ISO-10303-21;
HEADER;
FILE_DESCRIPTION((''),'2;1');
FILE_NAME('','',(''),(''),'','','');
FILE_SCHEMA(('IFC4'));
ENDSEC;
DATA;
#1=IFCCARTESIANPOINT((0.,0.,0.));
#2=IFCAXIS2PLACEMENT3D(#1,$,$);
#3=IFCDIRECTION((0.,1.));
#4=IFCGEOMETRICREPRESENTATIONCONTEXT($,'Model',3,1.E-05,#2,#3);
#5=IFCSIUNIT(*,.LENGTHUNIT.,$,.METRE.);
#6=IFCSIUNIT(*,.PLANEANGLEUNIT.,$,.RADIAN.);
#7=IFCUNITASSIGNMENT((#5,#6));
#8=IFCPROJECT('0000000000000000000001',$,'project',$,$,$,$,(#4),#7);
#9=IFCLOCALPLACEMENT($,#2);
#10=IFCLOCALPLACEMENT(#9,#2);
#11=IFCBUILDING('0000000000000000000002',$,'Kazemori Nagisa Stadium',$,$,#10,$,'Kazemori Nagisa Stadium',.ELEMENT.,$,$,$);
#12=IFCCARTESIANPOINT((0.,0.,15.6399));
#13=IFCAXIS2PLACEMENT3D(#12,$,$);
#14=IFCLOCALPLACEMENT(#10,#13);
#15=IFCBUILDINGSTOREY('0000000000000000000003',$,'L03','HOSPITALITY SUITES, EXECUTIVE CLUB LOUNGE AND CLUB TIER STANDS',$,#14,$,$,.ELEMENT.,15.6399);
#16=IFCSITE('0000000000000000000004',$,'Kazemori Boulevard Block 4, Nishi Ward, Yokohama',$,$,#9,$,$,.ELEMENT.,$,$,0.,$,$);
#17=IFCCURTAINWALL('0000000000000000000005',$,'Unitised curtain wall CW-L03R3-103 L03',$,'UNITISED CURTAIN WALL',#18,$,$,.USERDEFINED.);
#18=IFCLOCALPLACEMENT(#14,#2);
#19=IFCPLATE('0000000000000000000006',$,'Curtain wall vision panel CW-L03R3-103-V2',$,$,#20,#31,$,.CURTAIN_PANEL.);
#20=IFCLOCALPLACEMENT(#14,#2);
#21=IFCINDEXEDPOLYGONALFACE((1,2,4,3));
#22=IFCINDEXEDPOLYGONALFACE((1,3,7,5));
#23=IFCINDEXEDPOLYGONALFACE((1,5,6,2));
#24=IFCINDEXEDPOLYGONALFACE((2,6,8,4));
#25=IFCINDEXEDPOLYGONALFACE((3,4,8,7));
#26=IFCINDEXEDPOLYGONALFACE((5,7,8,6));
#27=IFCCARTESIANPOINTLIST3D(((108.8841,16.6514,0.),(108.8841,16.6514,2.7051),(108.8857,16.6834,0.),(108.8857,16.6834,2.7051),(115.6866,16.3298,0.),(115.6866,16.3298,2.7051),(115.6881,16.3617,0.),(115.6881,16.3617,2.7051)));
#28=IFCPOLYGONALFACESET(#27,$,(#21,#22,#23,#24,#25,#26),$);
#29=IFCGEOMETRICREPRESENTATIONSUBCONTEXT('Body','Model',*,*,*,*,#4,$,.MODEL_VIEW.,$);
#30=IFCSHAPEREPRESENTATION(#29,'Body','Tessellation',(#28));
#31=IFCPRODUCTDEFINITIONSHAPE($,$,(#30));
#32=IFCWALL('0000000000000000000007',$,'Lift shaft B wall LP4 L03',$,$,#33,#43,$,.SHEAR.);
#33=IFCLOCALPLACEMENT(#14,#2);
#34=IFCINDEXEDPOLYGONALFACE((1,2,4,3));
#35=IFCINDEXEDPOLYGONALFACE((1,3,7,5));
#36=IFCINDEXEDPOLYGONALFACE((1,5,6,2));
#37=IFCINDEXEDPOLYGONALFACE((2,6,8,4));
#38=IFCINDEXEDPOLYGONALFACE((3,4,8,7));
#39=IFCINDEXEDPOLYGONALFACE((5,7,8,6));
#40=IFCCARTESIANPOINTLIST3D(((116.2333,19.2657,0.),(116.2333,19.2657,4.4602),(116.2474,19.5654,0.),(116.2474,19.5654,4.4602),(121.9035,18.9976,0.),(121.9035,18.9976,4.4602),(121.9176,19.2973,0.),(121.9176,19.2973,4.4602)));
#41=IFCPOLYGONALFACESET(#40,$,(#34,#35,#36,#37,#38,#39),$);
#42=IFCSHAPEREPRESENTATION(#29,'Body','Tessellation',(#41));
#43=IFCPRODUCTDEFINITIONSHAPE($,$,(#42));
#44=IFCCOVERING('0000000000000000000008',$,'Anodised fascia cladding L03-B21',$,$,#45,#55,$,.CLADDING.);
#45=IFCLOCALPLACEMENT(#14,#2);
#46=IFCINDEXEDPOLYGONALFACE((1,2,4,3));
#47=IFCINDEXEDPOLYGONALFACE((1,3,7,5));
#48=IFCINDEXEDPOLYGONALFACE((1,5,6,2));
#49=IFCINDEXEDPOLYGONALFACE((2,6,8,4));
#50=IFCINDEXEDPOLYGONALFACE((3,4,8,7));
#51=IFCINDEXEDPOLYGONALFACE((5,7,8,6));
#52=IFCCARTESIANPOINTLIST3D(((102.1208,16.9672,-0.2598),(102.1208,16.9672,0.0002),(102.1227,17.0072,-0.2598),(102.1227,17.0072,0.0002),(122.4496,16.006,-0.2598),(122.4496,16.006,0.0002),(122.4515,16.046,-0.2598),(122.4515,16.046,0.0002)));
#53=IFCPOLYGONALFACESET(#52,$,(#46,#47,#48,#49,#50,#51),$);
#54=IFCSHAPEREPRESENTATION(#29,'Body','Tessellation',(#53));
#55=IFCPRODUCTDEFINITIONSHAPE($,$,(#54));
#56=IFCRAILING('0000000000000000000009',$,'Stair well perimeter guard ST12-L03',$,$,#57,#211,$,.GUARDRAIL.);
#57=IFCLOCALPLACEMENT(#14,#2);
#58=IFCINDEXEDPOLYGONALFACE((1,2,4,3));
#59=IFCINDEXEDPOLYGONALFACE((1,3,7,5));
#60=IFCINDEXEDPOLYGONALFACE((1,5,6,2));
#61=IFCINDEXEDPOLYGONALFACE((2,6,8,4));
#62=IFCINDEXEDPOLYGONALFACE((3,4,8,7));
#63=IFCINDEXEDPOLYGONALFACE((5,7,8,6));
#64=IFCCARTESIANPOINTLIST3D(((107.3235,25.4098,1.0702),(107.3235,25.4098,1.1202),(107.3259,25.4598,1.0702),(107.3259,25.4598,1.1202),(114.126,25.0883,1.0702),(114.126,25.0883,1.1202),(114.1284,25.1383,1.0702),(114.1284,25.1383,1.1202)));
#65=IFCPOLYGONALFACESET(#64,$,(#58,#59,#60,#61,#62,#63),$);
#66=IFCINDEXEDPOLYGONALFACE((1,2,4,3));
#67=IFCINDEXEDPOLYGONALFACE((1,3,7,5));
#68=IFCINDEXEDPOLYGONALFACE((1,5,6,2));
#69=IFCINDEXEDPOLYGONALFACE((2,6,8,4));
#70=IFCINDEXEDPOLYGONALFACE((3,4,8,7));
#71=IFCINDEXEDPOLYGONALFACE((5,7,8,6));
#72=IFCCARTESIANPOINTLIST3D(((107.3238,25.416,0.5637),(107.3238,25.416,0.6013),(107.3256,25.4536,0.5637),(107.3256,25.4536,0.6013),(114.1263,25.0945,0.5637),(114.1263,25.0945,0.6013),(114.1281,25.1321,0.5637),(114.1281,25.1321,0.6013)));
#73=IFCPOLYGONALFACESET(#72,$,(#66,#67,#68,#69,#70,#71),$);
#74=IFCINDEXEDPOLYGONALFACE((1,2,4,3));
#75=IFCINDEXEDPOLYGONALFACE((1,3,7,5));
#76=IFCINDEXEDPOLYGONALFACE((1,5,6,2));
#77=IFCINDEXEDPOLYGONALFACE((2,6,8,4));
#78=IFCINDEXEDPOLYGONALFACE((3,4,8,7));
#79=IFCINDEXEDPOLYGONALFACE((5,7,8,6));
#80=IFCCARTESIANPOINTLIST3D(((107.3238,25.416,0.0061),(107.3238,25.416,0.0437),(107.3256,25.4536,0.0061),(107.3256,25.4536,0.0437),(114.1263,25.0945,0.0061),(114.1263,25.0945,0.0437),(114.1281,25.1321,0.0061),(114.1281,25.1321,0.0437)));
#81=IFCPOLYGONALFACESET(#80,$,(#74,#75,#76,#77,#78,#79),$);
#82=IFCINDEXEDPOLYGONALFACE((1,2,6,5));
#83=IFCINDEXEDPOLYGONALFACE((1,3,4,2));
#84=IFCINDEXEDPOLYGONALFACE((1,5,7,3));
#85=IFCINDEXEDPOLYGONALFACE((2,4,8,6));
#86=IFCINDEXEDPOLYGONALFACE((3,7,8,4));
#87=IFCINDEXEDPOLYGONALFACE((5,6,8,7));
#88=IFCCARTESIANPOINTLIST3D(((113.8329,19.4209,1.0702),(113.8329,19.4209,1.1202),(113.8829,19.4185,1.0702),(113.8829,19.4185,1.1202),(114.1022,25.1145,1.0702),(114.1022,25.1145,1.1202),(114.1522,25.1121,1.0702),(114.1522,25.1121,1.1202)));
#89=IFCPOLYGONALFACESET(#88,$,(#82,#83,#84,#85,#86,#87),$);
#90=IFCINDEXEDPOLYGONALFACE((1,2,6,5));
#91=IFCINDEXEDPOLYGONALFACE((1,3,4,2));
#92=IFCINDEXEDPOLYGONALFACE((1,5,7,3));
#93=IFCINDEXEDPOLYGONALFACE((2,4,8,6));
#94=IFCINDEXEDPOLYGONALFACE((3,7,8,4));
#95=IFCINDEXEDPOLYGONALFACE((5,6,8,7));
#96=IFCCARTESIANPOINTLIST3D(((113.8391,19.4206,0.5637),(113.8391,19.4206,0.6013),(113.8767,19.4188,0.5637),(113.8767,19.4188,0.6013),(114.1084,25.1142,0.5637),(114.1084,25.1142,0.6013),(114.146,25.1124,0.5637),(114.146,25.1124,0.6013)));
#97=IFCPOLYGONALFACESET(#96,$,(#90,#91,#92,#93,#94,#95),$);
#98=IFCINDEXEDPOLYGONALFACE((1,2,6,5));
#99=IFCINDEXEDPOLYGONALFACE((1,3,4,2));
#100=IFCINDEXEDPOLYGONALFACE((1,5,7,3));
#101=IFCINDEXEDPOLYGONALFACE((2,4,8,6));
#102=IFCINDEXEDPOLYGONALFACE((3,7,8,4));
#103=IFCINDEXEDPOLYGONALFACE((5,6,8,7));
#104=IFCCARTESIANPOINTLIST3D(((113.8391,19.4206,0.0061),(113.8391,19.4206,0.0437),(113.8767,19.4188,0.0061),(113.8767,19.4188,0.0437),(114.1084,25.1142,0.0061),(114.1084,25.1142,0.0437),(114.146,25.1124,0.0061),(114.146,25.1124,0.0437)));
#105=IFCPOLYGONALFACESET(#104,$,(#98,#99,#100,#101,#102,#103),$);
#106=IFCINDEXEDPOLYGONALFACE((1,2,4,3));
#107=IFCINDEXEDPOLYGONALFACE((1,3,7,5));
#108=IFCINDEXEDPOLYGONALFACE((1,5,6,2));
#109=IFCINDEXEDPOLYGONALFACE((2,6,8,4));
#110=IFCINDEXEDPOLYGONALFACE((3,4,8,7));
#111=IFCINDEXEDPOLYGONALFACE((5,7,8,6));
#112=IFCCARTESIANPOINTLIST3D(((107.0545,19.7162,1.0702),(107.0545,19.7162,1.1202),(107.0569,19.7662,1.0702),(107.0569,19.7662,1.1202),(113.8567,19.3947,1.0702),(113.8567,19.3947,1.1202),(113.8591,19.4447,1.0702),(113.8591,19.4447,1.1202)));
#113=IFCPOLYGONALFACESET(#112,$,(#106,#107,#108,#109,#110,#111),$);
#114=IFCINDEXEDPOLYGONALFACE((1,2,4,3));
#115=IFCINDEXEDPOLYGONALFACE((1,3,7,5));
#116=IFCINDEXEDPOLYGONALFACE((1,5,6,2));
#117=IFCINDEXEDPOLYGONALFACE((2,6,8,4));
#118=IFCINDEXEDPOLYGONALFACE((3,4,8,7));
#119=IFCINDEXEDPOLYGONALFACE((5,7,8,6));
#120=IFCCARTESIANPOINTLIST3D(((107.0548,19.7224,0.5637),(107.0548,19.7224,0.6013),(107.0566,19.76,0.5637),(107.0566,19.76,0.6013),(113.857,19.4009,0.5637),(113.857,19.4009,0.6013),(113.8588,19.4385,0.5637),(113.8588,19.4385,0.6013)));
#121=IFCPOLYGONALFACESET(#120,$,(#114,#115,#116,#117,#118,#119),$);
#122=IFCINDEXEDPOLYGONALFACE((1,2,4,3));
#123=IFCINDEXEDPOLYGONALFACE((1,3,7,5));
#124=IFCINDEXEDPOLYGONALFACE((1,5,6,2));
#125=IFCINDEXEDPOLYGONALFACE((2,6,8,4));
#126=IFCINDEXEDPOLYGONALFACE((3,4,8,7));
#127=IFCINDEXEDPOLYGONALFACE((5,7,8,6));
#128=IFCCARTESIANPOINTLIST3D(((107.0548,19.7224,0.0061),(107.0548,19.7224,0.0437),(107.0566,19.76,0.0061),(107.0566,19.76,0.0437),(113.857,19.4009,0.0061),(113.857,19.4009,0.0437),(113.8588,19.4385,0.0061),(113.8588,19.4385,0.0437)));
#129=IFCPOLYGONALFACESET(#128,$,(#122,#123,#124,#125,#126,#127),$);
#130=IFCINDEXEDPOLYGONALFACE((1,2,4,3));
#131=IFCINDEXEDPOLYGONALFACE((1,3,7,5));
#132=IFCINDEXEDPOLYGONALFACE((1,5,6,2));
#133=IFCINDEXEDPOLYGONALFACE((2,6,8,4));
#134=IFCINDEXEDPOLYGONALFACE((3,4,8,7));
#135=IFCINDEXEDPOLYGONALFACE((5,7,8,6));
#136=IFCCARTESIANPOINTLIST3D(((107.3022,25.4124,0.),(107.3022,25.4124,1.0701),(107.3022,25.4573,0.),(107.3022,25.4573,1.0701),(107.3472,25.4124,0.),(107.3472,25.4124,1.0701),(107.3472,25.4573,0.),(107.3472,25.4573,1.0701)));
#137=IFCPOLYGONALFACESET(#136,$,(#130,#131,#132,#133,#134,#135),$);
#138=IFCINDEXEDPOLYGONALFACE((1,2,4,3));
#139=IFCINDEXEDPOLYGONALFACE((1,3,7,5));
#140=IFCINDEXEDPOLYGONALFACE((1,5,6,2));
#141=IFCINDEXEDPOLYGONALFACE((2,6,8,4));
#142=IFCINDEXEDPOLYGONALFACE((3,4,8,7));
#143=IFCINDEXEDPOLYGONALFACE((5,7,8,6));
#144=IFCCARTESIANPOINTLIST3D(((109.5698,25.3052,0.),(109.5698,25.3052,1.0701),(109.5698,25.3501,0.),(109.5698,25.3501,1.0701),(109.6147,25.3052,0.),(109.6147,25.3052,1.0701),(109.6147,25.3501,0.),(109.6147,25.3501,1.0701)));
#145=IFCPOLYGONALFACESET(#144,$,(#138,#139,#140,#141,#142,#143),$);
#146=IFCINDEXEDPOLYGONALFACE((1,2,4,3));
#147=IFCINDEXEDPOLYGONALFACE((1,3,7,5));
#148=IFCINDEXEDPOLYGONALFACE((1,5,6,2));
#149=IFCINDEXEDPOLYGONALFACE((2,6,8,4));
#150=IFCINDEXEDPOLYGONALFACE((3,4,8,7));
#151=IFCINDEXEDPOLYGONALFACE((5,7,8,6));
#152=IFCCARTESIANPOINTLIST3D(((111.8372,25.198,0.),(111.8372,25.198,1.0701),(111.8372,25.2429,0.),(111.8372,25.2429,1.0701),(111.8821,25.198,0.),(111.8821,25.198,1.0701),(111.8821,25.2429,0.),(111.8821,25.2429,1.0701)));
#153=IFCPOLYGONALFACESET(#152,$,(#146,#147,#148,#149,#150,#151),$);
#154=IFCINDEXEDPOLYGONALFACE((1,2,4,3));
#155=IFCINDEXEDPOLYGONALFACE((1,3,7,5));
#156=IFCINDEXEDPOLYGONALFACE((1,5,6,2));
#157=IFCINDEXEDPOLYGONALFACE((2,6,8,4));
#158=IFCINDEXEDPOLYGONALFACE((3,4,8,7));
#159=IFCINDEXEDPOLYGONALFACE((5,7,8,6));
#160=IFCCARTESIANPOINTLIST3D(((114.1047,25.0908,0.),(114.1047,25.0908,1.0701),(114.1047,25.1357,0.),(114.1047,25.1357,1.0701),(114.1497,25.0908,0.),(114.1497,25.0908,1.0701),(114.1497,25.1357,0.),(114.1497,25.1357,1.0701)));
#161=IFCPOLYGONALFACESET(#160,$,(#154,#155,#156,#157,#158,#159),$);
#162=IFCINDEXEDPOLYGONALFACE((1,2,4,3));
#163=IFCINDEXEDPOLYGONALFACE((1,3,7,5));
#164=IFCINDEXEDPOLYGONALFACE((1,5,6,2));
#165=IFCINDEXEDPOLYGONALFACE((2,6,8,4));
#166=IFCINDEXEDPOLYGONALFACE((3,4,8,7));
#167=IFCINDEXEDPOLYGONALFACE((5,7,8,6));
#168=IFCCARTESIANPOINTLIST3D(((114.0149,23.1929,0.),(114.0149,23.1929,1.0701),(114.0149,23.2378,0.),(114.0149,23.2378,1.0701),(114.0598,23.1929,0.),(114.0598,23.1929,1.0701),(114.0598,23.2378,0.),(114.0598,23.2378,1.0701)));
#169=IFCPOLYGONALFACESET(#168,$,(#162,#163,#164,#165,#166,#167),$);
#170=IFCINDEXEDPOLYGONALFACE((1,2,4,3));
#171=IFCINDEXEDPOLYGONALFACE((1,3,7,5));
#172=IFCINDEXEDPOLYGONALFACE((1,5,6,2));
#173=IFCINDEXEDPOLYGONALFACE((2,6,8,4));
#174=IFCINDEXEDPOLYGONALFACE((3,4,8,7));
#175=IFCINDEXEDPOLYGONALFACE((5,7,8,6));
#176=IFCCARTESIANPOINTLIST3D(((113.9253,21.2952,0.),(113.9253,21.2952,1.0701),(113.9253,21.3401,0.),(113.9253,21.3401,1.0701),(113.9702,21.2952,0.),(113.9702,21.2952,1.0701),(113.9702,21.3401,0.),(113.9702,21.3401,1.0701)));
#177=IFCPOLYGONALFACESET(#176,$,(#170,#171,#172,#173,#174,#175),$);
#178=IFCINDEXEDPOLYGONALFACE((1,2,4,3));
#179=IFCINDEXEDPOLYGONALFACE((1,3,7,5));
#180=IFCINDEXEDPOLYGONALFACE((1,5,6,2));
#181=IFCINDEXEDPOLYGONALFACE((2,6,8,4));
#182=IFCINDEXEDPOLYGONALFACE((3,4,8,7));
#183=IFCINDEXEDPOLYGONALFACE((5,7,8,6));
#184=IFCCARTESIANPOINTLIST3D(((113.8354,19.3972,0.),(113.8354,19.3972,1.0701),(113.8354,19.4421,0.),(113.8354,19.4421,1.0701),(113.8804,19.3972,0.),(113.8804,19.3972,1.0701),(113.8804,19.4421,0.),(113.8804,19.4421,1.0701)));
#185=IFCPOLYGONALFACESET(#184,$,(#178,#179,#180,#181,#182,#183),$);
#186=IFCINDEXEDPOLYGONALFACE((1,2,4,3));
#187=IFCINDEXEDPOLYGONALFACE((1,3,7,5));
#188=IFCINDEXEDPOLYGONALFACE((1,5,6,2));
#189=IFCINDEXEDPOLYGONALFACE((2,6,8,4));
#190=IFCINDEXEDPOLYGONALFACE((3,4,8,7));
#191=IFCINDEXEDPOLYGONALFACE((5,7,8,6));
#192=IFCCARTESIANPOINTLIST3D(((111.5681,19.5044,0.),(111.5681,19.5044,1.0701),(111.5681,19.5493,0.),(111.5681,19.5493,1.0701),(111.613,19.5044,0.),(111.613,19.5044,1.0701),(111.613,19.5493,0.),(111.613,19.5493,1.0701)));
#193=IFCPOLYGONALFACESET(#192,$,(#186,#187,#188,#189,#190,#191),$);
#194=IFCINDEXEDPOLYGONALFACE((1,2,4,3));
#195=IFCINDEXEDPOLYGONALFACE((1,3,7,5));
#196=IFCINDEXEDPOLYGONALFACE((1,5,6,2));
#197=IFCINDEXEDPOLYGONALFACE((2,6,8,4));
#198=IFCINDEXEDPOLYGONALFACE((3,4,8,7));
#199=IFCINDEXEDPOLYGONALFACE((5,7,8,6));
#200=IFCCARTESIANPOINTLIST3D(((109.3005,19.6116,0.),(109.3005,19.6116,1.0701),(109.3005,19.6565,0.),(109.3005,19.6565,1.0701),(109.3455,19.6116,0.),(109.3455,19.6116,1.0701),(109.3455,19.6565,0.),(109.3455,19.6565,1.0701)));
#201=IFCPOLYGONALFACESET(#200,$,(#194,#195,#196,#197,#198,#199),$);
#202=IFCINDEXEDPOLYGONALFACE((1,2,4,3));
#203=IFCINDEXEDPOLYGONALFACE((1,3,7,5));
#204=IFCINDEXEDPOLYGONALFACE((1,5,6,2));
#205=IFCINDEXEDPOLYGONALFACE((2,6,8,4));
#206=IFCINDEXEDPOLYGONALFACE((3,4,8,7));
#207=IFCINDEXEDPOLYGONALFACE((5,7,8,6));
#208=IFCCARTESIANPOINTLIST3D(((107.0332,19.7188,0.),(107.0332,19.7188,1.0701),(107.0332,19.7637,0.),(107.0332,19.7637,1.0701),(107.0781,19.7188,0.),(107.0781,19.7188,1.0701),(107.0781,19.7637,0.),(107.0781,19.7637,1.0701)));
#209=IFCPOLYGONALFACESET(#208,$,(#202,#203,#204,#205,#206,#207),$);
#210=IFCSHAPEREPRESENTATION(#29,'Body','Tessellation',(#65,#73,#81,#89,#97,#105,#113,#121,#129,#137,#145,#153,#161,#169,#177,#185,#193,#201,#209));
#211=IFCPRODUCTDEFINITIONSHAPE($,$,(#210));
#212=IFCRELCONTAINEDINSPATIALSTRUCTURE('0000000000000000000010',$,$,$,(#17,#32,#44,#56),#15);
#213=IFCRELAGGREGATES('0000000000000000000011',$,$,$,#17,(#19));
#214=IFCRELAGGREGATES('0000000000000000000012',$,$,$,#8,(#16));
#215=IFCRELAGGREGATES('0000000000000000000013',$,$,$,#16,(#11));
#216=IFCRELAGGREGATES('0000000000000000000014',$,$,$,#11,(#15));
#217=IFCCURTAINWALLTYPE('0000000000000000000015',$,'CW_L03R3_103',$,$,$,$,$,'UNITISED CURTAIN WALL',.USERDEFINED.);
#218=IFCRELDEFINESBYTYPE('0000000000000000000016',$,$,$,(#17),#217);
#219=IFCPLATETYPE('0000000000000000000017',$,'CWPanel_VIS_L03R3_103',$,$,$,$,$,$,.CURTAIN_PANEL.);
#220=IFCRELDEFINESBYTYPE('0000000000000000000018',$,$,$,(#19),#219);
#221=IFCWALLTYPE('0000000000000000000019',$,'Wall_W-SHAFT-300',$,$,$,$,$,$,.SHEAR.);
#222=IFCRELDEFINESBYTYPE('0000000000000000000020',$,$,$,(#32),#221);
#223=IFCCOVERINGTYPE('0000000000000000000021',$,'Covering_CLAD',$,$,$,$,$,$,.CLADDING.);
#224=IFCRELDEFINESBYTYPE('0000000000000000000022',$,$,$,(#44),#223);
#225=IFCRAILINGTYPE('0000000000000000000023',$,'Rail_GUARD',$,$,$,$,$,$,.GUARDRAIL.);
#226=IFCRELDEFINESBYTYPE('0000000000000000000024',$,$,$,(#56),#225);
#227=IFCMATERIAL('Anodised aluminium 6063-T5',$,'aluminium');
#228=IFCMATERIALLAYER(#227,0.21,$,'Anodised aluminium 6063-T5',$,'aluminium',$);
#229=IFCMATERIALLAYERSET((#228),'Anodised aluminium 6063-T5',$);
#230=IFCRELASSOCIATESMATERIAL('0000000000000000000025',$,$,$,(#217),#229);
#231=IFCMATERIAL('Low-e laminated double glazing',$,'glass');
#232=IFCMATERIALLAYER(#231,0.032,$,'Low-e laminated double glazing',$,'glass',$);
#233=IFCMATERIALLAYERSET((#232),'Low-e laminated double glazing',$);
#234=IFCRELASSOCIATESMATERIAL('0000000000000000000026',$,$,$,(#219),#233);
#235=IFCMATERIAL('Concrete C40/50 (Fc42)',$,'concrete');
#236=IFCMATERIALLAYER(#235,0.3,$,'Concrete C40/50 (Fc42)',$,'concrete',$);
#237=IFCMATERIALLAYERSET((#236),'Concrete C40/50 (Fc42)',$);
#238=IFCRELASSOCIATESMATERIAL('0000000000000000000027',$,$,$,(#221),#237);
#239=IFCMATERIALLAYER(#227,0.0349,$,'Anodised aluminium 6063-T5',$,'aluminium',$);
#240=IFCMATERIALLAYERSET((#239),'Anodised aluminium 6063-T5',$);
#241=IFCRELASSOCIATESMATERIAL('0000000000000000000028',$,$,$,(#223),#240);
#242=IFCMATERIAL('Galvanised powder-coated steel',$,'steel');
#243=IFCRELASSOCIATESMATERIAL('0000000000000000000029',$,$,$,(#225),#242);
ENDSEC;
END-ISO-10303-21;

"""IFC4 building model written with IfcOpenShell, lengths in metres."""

from ifc_helpers import new_model, si_unit, direction, frame, frame_2d, origin, origin_2d, place, context, subcontext, project, spatial, rectangle, extrude, material, layer, layer_set, type_object, element, aggregate, save


model = new_model("IFC4")

# Units and contexts
model_context = context("Model", 3, precision=1e-05, world=origin(), true_north=direction((0.0, 1.0)))
body_context = subcontext(model_context, "Body", "Model", "MODEL_VIEW")
ifc_project = project(units=[si_unit("LENGTHUNIT", "METRE"), si_unit("PLANEANGLEUNIT", "RADIAN")], contexts=[model_context])

# Site, building, storey
site_placement = place(None, origin())
site = spatial("IfcSite", under=ifc_project, at=site_placement, Name="Kazemori Boulevard Block 4, Nishi Ward, Yokohama", CompositionType="ELEMENT", RefElevation=0.0)
building_placement = place(site_placement, origin())
building = spatial("IfcBuilding", under=site, at=building_placement, Name="Kazemori Nagisa Stadium", LongName="Kazemori Nagisa Stadium", CompositionType="ELEMENT")
storey_placement = place(building_placement, frame((0.0, 0.0, 15.6399)))
storey = spatial("IfcBuildingStorey", under=building, at=storey_placement, Name="L03", Description="HOSPITALITY SUITES, EXECUTIVE CLUB LOUNGE AND CLUB TIER STANDS", CompositionType="ELEMENT", Elevation=15.6399)

# Shared definitions
ifc_material_1 = material(Name="Concrete C40/50 (Fc42)", Category="concrete")

# Curtain wall, plate
ifc_material_2 = material(Name="Anodised aluminium 6063-T5", Category="aluminium")
ifc_layer_1 = layer(ifc_material_2, 0.21, Name="Anodised aluminium 6063-T5", Category="aluminium")
ifc_layer_set_1 = layer_set([ifc_layer_1], Name="Anodised aluminium 6063-T5")
curtain_wall_type = type_object("IfcCurtainWallType", Name="CW_L03R3_103", ElementType="UNITISED CURTAIN WALL", PredefinedType="USERDEFINED", material=ifc_layer_set_1)
curtain_wall_placement = place(storey_placement, origin())
curtain_wall = element("IfcCurtainWall", 1, at=curtain_wall_placement, inside=storey, type_object=curtain_wall_type, Name="Unitised curtain wall CW-L03R3-103 L03", ObjectType="UNITISED CURTAIN WALL", PredefinedType="USERDEFINED")
ifc_material_3 = material(Name="Low-e laminated double glazing", Category="glass")
ifc_layer_2 = layer(ifc_material_3, 0.032, Name="Low-e laminated double glazing", Category="glass")
ifc_layer_set_2 = layer_set([ifc_layer_2], Name="Low-e laminated double glazing")
plate_type_1 = type_object("IfcPlateType", Name="CWPanel_VIS_L03R3_103", PredefinedType="CURTAIN_PANEL", material=ifc_layer_set_2)
plate_1_placement = place(storey_placement, frame((112.2861, 16.5066, 0.0), z_axis=(0.0, 0.0, 1.0), x_axis=(0.998884, -0.04723, 0.0)))
plate_1 = element("IfcPlate", 2, at=plate_1_placement, type_object=plate_type_1, Name="Curtain wall vision panel CW-L03R3-103-V2", PredefinedType="CURTAIN_PANEL", context=body_context, shape_type="SweptSolid", body=[
    extrude(rectangle(XDim=6.8101, YDim=0.032, at=origin_2d()), origin(), (0.0, 0.0, 1.0), 2.7051),
])
aggregate(curtain_wall, [plate_1])

# Wall
ifc_layer_3 = layer(ifc_material_1, 0.3, Name="Concrete C40/50 (Fc42)", Category="concrete")
ifc_layer_set_3 = layer_set([ifc_layer_3], Name="Concrete C40/50 (Fc42)")
wall_type = type_object("IfcWallType", Name="Wall_W-SHAFT-300", PredefinedType="SHEAR", material=ifc_layer_set_3)
wall_placement = place(storey_placement, frame((116.2402, 19.4155, 0.0), z_axis=(0.0, 0.0, 1.0), x_axis=(0.998884, -0.047224, 0.0)))
element("IfcWall", 3, at=wall_placement, inside=storey, type_object=wall_type, Name="Lift shaft B wall LP4 L03", PredefinedType="SHEAR", context=body_context, shape_type="SweptSolid", body=[
    extrude(rectangle(XDim=5.6765, YDim=0.3, at=frame_2d((2.8384, 0.0))), origin(), (0.0, 0.0, 1.0), 4.4602),
])

# Covering
ifc_layer_4 = layer(ifc_material_2, 0.0349, Name="Anodised aluminium 6063-T5", Category="aluminium")
ifc_layer_set_4 = layer_set([ifc_layer_4], Name="Anodised aluminium 6063-T5")
covering_type = type_object("IfcCoveringType", Name="Covering_CLAD", PredefinedType="CLADDING", material=ifc_layer_set_4)
covering_placement = place(storey_placement, frame((112.2861, 16.5066, -0.2598), z_axis=(0.0, 0.0, 1.0), x_axis=(0.998884, -0.04723, 0.0)))
element("IfcCovering", 4, at=covering_placement, inside=storey, type_object=covering_type, Name="Anodised fascia cladding L03-B21", PredefinedType="CLADDING", context=body_context, shape_type="SweptSolid", body=[
    extrude(rectangle(XDim=20.3516, YDim=0.04, at=origin_2d()), origin(), (0.0, 0.0, 1.0), 0.26),
])

# Railing
ifc_material_4 = material(Name="Galvanised powder-coated steel", Category="steel")
railing_type_1 = type_object("IfcRailingType", Name="Rail_GUARD", PredefinedType="GUARDRAIL", material=ifc_material_4)
railing_1_placement = place(storey_placement, frame((107.3247, 25.4348, 0.0)))
element("IfcRailing", 5, at=railing_1_placement, inside=storey, type_object=railing_type_1, Name="Stair well perimeter guard ST12-L03", PredefinedType="GUARDRAIL", context=body_context, shape_type="SweptSolid", body=[
    extrude(rectangle(XDim=0.05, YDim=0.05, at=origin_2d()), frame((0.0, 0.0, 1.0952), z_axis=(0.998885, -0.047214, 0.0), x_axis=(0.047214, 0.998885, 0.0)), (0.0, 0.0, 1.0), 6.8101),
    extrude(rectangle(XDim=0.0376, YDim=0.0376, at=origin_2d()), frame((0.0, 0.0, 0.5825), z_axis=(0.998885, -0.047214, 0.0), x_axis=(0.047214, 0.998885, 0.0)), (0.0, 0.0, 1.0), 6.8101),
    extrude(rectangle(XDim=0.0376, YDim=0.0376, at=origin_2d()), frame((0.0, 0.0, 0.0249), z_axis=(0.998885, -0.047214, 0.0), x_axis=(0.047214, 0.998885, 0.0)), (0.0, 0.0, 1.0), 6.8101),
    extrude(rectangle(XDim=0.05, YDim=0.05, at=origin_2d()), frame((6.8025, -0.3215, 1.0952), z_axis=(-0.047244, -0.998883, 0.0), x_axis=(0.998883, -0.047244, 0.0)), (0.0, 0.0, 1.0), 5.7),
    extrude(rectangle(XDim=0.0376, YDim=0.0376, at=origin_2d()), frame((6.8025, -0.3215, 0.5825), z_axis=(-0.047244, -0.998883, 0.0), x_axis=(0.998883, -0.047244, 0.0)), (0.0, 0.0, 1.0), 5.7),
    extrude(rectangle(XDim=0.0376, YDim=0.0376, at=origin_2d()), frame((6.8025, -0.3215, 0.0249), z_axis=(-0.047244, -0.998883, 0.0), x_axis=(0.998883, -0.047244, 0.0)), (0.0, 0.0, 1.0), 5.7),
    extrude(rectangle(XDim=0.05, YDim=0.05, at=origin_2d()), frame((6.5332, -6.0151, 1.0952), z_axis=(-0.998885, 0.047216, 0.0), x_axis=(-0.047216, -0.998885, 0.0)), (0.0, 0.0, 1.0), 6.8098),
    extrude(rectangle(XDim=0.0376, YDim=0.0376, at=origin_2d()), frame((6.5332, -6.0151, 0.5825), z_axis=(-0.998885, 0.047216, 0.0), x_axis=(-0.047216, -0.998885, 0.0)), (0.0, 0.0, 1.0), 6.8098),
    extrude(rectangle(XDim=0.0376, YDim=0.0376, at=origin_2d()), frame((6.5332, -6.0151, 0.0249), z_axis=(-0.998885, 0.047216, 0.0), x_axis=(-0.047216, -0.998885, 0.0)), (0.0, 0.0, 1.0), 6.8098),
    extrude(rectangle(XDim=0.0449, YDim=0.0449, at=origin_2d()), origin(), (0.0, 0.0, 1.0), 1.0701),
    extrude(rectangle(XDim=0.0449, YDim=0.0449, at=origin_2d()), frame((2.2676, -0.1072, 0.0)), (0.0, 0.0, 1.0), 1.0701),
    extrude(rectangle(XDim=0.0449, YDim=0.0449, at=origin_2d()), frame((4.5349, -0.2144, 0.0)), (0.0, 0.0, 1.0), 1.0701),
    extrude(rectangle(XDim=0.0449, YDim=0.0449, at=origin_2d()), frame((6.8025, -0.3215, 0.0)), (0.0, 0.0, 1.0), 1.0701),
    extrude(rectangle(XDim=0.0449, YDim=0.0449, at=origin_2d()), frame((6.7126, -2.2195, 0.0)), (0.0, 0.0, 1.0), 1.0701),
    extrude(rectangle(XDim=0.0449, YDim=0.0449, at=origin_2d()), frame((6.623, -4.1172, 0.0)), (0.0, 0.0, 1.0), 1.0701),
    extrude(rectangle(XDim=0.0449, YDim=0.0449, at=origin_2d()), frame((6.5332, -6.0151, 0.0)), (0.0, 0.0, 1.0), 1.0701),
    extrude(rectangle(XDim=0.0449, YDim=0.0449, at=origin_2d()), frame((4.2659, -5.908, 0.0)), (0.0, 0.0, 1.0), 1.0701),
    extrude(rectangle(XDim=0.0449, YDim=0.0449, at=origin_2d()), frame((1.9983, -5.8008, 0.0)), (0.0, 0.0, 1.0), 1.0701),
    extrude(rectangle(XDim=0.0449, YDim=0.0449, at=origin_2d()), frame((-0.269, -5.6936, 0.0)), (0.0, 0.0, 1.0), 1.0701),
])

save(model, "model.ifc")
